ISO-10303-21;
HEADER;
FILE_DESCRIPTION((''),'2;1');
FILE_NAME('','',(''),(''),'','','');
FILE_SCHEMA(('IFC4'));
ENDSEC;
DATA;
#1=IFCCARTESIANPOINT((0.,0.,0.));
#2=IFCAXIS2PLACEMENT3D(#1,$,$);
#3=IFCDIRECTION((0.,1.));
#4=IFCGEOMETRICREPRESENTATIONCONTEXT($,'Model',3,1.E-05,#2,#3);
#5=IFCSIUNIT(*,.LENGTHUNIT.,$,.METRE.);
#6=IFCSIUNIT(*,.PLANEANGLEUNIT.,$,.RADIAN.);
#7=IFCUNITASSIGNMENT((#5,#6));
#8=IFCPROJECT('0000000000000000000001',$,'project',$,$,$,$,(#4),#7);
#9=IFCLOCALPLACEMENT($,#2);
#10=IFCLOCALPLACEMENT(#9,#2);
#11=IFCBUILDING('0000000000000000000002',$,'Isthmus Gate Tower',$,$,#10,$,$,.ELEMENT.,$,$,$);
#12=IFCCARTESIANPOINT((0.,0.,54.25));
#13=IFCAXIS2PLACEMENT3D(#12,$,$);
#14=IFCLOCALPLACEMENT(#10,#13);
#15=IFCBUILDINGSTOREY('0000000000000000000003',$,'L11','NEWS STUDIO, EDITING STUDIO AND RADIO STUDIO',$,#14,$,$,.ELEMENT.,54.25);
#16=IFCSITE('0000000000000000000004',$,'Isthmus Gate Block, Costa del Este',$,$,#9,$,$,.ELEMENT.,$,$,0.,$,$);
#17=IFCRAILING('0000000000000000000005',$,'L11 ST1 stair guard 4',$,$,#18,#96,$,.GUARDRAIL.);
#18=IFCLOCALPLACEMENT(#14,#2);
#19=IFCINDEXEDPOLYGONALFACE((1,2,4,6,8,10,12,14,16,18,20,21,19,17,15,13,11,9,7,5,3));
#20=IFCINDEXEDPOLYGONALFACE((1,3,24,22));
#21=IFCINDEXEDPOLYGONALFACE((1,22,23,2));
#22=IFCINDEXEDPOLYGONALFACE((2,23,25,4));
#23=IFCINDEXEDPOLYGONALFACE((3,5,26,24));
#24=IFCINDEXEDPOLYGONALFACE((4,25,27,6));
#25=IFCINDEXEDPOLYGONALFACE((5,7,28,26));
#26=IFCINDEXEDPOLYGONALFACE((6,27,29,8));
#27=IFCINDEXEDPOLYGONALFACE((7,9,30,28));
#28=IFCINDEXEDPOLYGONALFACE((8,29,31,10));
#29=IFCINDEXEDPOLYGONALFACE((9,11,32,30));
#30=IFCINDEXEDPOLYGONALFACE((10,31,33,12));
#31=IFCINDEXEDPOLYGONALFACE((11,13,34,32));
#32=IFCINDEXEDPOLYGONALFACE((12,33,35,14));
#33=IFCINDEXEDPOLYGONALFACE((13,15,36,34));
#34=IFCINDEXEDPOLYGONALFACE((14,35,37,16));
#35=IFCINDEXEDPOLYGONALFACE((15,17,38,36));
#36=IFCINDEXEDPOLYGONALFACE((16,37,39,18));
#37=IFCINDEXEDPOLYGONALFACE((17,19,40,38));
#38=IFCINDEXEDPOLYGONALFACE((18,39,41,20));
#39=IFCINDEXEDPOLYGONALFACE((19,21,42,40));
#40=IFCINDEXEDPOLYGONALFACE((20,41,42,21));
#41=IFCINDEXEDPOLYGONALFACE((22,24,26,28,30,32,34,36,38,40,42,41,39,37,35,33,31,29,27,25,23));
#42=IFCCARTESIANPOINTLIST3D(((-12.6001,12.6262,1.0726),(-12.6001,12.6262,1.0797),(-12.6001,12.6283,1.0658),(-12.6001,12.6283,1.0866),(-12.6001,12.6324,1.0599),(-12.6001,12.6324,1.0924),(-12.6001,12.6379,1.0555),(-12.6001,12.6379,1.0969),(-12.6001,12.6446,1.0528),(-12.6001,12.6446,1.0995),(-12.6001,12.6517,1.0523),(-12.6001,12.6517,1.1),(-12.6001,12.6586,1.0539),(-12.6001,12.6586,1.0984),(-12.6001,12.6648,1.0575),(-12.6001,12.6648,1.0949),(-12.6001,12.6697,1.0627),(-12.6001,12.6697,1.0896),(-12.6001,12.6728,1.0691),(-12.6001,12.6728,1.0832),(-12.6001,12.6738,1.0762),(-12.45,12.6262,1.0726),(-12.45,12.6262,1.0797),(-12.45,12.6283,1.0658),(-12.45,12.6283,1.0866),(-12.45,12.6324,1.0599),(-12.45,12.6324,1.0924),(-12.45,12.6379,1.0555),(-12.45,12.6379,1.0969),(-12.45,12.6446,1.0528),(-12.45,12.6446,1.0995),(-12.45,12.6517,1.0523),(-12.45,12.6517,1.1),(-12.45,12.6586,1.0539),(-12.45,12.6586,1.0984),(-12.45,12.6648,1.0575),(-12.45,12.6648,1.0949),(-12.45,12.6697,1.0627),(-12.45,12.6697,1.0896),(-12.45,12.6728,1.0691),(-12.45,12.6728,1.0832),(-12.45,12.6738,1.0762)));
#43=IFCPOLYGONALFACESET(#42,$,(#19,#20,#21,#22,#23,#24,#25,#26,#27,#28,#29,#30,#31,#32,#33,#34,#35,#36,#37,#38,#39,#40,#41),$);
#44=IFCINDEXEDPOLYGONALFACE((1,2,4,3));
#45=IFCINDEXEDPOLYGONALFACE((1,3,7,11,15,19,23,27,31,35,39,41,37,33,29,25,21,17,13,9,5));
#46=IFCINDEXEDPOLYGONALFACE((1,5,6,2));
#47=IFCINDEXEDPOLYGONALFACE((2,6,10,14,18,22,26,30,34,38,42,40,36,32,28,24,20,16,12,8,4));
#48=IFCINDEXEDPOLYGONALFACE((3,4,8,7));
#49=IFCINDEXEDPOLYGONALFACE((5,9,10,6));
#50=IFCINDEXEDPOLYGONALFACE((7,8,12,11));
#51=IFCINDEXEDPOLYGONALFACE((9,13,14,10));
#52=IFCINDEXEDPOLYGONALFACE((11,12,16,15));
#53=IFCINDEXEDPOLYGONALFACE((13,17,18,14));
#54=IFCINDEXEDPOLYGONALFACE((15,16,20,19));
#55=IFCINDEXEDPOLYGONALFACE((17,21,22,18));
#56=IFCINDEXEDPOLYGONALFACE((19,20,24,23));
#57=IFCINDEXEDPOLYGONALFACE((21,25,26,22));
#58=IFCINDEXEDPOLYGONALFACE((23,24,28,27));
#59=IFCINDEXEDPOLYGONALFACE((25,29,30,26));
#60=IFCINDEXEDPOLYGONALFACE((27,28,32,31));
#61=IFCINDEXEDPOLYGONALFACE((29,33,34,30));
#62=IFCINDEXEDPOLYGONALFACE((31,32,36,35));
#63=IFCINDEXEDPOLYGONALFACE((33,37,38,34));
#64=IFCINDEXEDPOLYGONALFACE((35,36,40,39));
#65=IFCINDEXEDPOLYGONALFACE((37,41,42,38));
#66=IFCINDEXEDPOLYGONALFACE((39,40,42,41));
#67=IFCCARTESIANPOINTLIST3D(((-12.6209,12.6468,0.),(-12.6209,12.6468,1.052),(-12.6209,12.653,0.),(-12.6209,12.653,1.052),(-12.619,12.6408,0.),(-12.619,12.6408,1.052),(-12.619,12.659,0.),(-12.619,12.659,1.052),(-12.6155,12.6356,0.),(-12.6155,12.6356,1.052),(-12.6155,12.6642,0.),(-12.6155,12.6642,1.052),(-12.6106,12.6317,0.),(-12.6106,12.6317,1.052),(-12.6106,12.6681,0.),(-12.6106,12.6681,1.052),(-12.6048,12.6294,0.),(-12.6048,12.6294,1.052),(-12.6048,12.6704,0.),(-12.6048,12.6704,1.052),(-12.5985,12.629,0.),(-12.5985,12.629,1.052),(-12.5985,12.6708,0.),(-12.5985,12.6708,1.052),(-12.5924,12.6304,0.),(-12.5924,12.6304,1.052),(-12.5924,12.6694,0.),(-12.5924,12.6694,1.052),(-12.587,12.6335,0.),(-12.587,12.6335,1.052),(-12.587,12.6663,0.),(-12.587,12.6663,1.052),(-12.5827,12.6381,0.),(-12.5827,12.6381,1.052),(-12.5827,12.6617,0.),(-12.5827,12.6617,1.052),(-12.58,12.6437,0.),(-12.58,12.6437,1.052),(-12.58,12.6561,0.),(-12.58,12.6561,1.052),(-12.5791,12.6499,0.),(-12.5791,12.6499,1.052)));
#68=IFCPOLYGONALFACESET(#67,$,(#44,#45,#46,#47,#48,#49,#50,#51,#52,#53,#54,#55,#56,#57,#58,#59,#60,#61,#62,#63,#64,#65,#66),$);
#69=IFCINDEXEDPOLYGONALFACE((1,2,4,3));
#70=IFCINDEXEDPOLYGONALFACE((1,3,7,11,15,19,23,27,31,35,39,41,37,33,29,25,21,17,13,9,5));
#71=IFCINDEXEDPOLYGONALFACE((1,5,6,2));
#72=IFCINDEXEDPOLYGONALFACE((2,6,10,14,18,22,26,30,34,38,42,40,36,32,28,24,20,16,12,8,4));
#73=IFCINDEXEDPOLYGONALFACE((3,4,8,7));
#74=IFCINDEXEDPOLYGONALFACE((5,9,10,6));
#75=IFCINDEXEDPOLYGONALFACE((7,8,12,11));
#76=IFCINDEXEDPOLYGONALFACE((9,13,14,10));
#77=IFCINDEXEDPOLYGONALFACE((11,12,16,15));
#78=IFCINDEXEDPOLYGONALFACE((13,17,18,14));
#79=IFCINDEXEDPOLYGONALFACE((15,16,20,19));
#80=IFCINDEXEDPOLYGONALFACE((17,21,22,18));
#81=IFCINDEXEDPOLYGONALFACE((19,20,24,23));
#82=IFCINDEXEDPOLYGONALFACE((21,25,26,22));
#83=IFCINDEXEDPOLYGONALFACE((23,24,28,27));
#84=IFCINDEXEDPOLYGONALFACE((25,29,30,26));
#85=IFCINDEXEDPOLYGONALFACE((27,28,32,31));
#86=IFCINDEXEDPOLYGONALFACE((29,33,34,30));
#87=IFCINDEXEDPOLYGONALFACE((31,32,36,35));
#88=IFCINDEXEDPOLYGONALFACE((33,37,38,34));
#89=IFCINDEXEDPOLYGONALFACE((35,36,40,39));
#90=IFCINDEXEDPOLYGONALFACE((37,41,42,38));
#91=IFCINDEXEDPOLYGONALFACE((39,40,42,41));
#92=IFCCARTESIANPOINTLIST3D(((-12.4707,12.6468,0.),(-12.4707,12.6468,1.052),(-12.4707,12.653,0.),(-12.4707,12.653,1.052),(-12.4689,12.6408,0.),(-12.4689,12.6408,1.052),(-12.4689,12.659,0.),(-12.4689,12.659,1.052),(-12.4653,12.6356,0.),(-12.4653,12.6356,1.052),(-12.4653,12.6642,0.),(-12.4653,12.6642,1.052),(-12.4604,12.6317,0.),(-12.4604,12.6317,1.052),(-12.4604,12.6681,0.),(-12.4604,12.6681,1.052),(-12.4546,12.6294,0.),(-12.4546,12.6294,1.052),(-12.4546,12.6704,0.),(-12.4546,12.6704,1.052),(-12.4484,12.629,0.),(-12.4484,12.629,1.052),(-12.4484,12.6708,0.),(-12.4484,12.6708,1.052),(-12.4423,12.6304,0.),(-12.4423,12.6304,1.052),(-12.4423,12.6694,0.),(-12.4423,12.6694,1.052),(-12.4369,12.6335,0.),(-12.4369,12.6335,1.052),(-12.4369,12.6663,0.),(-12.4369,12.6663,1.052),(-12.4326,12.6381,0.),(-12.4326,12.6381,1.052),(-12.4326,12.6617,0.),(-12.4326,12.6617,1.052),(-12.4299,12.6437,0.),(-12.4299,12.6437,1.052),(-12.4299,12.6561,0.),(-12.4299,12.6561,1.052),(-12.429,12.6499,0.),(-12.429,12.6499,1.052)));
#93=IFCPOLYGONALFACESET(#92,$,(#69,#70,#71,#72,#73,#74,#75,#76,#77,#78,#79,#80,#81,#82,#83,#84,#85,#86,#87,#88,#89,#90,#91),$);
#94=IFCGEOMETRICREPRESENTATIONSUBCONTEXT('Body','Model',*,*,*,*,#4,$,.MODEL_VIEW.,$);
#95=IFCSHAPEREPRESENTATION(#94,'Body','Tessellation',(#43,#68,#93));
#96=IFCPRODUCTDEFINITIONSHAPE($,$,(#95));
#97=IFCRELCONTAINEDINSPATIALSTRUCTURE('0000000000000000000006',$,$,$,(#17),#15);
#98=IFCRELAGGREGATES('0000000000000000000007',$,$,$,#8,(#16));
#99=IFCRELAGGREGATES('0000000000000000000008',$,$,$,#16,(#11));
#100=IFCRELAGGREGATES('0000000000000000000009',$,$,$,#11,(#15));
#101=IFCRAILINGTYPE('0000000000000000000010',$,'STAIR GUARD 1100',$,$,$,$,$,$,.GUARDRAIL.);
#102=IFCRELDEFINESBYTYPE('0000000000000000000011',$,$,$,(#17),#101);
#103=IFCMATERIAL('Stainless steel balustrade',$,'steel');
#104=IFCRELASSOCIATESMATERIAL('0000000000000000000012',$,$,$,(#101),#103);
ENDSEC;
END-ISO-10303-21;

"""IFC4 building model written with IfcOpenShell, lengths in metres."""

from ifc_helpers import new_model, si_unit, direction, frame, origin, origin_2d, place, context, subcontext, project, spatial, circle, extrude, material, type_object, element, save


model = new_model("IFC4")

# Units and contexts
model_context = context("Model", 3, precision=1e-05, world=origin(), true_north=direction((0.0, 1.0)))
body_context = subcontext(model_context, "Body", "Model", "MODEL_VIEW")
ifc_project = project(units=[si_unit("LENGTHUNIT", "METRE"), si_unit("PLANEANGLEUNIT", "RADIAN")], contexts=[model_context])

# Site, building, storey
site_placement = place(None, origin())
site = spatial("IfcSite", under=ifc_project, at=site_placement, Name="Isthmus Gate Block, Costa del Este", CompositionType="ELEMENT", RefElevation=0.0)
building_placement = place(site_placement, origin())
building = spatial("IfcBuilding", under=site, at=building_placement, Name="Isthmus Gate Tower", CompositionType="ELEMENT")
storey_placement = place(building_placement, frame((0.0, 0.0, 54.25)))
storey = spatial("IfcBuildingStorey", under=building, at=storey_placement, Name="L11", Description="NEWS STUDIO, EDITING STUDIO AND RADIO STUDIO", CompositionType="ELEMENT", Elevation=54.25)

# Railing
ifc_material_1 = material(Name="Stainless steel balustrade", Category="steel")
railing_type_1 = type_object("IfcRailingType", Name="STAIR GUARD 1100", PredefinedType="GUARDRAIL", material=ifc_material_1)
railing_1_placement = place(storey_placement, frame((-12.6001, 12.6499, 0.0)))
element("IfcRailing", 1, at=railing_1_placement, inside=storey, type_object=railing_type_1, Name="L11 ST1 stair guard 4", PredefinedType="GUARDRAIL", context=body_context, shape_type="SweptSolid", body=[
    extrude(circle(Radius=0.0239, at=origin_2d()), frame((0.0, 0.0, 1.0762), z_axis=(1.0, 0.0, 0.0), x_axis=(0.0, 1.0, 0.0)), (0.0, 0.0, 1.0), 0.1501),
    extrude(circle(Radius=0.021, at=origin_2d()), origin(), (0.0, 0.0, 1.0), 1.052),
    extrude(circle(Radius=0.021, at=origin_2d()), frame((0.1501, 0.0, 0.0)), (0.0, 0.0, 1.0), 1.052),
])

save(model, "model.ifc")
